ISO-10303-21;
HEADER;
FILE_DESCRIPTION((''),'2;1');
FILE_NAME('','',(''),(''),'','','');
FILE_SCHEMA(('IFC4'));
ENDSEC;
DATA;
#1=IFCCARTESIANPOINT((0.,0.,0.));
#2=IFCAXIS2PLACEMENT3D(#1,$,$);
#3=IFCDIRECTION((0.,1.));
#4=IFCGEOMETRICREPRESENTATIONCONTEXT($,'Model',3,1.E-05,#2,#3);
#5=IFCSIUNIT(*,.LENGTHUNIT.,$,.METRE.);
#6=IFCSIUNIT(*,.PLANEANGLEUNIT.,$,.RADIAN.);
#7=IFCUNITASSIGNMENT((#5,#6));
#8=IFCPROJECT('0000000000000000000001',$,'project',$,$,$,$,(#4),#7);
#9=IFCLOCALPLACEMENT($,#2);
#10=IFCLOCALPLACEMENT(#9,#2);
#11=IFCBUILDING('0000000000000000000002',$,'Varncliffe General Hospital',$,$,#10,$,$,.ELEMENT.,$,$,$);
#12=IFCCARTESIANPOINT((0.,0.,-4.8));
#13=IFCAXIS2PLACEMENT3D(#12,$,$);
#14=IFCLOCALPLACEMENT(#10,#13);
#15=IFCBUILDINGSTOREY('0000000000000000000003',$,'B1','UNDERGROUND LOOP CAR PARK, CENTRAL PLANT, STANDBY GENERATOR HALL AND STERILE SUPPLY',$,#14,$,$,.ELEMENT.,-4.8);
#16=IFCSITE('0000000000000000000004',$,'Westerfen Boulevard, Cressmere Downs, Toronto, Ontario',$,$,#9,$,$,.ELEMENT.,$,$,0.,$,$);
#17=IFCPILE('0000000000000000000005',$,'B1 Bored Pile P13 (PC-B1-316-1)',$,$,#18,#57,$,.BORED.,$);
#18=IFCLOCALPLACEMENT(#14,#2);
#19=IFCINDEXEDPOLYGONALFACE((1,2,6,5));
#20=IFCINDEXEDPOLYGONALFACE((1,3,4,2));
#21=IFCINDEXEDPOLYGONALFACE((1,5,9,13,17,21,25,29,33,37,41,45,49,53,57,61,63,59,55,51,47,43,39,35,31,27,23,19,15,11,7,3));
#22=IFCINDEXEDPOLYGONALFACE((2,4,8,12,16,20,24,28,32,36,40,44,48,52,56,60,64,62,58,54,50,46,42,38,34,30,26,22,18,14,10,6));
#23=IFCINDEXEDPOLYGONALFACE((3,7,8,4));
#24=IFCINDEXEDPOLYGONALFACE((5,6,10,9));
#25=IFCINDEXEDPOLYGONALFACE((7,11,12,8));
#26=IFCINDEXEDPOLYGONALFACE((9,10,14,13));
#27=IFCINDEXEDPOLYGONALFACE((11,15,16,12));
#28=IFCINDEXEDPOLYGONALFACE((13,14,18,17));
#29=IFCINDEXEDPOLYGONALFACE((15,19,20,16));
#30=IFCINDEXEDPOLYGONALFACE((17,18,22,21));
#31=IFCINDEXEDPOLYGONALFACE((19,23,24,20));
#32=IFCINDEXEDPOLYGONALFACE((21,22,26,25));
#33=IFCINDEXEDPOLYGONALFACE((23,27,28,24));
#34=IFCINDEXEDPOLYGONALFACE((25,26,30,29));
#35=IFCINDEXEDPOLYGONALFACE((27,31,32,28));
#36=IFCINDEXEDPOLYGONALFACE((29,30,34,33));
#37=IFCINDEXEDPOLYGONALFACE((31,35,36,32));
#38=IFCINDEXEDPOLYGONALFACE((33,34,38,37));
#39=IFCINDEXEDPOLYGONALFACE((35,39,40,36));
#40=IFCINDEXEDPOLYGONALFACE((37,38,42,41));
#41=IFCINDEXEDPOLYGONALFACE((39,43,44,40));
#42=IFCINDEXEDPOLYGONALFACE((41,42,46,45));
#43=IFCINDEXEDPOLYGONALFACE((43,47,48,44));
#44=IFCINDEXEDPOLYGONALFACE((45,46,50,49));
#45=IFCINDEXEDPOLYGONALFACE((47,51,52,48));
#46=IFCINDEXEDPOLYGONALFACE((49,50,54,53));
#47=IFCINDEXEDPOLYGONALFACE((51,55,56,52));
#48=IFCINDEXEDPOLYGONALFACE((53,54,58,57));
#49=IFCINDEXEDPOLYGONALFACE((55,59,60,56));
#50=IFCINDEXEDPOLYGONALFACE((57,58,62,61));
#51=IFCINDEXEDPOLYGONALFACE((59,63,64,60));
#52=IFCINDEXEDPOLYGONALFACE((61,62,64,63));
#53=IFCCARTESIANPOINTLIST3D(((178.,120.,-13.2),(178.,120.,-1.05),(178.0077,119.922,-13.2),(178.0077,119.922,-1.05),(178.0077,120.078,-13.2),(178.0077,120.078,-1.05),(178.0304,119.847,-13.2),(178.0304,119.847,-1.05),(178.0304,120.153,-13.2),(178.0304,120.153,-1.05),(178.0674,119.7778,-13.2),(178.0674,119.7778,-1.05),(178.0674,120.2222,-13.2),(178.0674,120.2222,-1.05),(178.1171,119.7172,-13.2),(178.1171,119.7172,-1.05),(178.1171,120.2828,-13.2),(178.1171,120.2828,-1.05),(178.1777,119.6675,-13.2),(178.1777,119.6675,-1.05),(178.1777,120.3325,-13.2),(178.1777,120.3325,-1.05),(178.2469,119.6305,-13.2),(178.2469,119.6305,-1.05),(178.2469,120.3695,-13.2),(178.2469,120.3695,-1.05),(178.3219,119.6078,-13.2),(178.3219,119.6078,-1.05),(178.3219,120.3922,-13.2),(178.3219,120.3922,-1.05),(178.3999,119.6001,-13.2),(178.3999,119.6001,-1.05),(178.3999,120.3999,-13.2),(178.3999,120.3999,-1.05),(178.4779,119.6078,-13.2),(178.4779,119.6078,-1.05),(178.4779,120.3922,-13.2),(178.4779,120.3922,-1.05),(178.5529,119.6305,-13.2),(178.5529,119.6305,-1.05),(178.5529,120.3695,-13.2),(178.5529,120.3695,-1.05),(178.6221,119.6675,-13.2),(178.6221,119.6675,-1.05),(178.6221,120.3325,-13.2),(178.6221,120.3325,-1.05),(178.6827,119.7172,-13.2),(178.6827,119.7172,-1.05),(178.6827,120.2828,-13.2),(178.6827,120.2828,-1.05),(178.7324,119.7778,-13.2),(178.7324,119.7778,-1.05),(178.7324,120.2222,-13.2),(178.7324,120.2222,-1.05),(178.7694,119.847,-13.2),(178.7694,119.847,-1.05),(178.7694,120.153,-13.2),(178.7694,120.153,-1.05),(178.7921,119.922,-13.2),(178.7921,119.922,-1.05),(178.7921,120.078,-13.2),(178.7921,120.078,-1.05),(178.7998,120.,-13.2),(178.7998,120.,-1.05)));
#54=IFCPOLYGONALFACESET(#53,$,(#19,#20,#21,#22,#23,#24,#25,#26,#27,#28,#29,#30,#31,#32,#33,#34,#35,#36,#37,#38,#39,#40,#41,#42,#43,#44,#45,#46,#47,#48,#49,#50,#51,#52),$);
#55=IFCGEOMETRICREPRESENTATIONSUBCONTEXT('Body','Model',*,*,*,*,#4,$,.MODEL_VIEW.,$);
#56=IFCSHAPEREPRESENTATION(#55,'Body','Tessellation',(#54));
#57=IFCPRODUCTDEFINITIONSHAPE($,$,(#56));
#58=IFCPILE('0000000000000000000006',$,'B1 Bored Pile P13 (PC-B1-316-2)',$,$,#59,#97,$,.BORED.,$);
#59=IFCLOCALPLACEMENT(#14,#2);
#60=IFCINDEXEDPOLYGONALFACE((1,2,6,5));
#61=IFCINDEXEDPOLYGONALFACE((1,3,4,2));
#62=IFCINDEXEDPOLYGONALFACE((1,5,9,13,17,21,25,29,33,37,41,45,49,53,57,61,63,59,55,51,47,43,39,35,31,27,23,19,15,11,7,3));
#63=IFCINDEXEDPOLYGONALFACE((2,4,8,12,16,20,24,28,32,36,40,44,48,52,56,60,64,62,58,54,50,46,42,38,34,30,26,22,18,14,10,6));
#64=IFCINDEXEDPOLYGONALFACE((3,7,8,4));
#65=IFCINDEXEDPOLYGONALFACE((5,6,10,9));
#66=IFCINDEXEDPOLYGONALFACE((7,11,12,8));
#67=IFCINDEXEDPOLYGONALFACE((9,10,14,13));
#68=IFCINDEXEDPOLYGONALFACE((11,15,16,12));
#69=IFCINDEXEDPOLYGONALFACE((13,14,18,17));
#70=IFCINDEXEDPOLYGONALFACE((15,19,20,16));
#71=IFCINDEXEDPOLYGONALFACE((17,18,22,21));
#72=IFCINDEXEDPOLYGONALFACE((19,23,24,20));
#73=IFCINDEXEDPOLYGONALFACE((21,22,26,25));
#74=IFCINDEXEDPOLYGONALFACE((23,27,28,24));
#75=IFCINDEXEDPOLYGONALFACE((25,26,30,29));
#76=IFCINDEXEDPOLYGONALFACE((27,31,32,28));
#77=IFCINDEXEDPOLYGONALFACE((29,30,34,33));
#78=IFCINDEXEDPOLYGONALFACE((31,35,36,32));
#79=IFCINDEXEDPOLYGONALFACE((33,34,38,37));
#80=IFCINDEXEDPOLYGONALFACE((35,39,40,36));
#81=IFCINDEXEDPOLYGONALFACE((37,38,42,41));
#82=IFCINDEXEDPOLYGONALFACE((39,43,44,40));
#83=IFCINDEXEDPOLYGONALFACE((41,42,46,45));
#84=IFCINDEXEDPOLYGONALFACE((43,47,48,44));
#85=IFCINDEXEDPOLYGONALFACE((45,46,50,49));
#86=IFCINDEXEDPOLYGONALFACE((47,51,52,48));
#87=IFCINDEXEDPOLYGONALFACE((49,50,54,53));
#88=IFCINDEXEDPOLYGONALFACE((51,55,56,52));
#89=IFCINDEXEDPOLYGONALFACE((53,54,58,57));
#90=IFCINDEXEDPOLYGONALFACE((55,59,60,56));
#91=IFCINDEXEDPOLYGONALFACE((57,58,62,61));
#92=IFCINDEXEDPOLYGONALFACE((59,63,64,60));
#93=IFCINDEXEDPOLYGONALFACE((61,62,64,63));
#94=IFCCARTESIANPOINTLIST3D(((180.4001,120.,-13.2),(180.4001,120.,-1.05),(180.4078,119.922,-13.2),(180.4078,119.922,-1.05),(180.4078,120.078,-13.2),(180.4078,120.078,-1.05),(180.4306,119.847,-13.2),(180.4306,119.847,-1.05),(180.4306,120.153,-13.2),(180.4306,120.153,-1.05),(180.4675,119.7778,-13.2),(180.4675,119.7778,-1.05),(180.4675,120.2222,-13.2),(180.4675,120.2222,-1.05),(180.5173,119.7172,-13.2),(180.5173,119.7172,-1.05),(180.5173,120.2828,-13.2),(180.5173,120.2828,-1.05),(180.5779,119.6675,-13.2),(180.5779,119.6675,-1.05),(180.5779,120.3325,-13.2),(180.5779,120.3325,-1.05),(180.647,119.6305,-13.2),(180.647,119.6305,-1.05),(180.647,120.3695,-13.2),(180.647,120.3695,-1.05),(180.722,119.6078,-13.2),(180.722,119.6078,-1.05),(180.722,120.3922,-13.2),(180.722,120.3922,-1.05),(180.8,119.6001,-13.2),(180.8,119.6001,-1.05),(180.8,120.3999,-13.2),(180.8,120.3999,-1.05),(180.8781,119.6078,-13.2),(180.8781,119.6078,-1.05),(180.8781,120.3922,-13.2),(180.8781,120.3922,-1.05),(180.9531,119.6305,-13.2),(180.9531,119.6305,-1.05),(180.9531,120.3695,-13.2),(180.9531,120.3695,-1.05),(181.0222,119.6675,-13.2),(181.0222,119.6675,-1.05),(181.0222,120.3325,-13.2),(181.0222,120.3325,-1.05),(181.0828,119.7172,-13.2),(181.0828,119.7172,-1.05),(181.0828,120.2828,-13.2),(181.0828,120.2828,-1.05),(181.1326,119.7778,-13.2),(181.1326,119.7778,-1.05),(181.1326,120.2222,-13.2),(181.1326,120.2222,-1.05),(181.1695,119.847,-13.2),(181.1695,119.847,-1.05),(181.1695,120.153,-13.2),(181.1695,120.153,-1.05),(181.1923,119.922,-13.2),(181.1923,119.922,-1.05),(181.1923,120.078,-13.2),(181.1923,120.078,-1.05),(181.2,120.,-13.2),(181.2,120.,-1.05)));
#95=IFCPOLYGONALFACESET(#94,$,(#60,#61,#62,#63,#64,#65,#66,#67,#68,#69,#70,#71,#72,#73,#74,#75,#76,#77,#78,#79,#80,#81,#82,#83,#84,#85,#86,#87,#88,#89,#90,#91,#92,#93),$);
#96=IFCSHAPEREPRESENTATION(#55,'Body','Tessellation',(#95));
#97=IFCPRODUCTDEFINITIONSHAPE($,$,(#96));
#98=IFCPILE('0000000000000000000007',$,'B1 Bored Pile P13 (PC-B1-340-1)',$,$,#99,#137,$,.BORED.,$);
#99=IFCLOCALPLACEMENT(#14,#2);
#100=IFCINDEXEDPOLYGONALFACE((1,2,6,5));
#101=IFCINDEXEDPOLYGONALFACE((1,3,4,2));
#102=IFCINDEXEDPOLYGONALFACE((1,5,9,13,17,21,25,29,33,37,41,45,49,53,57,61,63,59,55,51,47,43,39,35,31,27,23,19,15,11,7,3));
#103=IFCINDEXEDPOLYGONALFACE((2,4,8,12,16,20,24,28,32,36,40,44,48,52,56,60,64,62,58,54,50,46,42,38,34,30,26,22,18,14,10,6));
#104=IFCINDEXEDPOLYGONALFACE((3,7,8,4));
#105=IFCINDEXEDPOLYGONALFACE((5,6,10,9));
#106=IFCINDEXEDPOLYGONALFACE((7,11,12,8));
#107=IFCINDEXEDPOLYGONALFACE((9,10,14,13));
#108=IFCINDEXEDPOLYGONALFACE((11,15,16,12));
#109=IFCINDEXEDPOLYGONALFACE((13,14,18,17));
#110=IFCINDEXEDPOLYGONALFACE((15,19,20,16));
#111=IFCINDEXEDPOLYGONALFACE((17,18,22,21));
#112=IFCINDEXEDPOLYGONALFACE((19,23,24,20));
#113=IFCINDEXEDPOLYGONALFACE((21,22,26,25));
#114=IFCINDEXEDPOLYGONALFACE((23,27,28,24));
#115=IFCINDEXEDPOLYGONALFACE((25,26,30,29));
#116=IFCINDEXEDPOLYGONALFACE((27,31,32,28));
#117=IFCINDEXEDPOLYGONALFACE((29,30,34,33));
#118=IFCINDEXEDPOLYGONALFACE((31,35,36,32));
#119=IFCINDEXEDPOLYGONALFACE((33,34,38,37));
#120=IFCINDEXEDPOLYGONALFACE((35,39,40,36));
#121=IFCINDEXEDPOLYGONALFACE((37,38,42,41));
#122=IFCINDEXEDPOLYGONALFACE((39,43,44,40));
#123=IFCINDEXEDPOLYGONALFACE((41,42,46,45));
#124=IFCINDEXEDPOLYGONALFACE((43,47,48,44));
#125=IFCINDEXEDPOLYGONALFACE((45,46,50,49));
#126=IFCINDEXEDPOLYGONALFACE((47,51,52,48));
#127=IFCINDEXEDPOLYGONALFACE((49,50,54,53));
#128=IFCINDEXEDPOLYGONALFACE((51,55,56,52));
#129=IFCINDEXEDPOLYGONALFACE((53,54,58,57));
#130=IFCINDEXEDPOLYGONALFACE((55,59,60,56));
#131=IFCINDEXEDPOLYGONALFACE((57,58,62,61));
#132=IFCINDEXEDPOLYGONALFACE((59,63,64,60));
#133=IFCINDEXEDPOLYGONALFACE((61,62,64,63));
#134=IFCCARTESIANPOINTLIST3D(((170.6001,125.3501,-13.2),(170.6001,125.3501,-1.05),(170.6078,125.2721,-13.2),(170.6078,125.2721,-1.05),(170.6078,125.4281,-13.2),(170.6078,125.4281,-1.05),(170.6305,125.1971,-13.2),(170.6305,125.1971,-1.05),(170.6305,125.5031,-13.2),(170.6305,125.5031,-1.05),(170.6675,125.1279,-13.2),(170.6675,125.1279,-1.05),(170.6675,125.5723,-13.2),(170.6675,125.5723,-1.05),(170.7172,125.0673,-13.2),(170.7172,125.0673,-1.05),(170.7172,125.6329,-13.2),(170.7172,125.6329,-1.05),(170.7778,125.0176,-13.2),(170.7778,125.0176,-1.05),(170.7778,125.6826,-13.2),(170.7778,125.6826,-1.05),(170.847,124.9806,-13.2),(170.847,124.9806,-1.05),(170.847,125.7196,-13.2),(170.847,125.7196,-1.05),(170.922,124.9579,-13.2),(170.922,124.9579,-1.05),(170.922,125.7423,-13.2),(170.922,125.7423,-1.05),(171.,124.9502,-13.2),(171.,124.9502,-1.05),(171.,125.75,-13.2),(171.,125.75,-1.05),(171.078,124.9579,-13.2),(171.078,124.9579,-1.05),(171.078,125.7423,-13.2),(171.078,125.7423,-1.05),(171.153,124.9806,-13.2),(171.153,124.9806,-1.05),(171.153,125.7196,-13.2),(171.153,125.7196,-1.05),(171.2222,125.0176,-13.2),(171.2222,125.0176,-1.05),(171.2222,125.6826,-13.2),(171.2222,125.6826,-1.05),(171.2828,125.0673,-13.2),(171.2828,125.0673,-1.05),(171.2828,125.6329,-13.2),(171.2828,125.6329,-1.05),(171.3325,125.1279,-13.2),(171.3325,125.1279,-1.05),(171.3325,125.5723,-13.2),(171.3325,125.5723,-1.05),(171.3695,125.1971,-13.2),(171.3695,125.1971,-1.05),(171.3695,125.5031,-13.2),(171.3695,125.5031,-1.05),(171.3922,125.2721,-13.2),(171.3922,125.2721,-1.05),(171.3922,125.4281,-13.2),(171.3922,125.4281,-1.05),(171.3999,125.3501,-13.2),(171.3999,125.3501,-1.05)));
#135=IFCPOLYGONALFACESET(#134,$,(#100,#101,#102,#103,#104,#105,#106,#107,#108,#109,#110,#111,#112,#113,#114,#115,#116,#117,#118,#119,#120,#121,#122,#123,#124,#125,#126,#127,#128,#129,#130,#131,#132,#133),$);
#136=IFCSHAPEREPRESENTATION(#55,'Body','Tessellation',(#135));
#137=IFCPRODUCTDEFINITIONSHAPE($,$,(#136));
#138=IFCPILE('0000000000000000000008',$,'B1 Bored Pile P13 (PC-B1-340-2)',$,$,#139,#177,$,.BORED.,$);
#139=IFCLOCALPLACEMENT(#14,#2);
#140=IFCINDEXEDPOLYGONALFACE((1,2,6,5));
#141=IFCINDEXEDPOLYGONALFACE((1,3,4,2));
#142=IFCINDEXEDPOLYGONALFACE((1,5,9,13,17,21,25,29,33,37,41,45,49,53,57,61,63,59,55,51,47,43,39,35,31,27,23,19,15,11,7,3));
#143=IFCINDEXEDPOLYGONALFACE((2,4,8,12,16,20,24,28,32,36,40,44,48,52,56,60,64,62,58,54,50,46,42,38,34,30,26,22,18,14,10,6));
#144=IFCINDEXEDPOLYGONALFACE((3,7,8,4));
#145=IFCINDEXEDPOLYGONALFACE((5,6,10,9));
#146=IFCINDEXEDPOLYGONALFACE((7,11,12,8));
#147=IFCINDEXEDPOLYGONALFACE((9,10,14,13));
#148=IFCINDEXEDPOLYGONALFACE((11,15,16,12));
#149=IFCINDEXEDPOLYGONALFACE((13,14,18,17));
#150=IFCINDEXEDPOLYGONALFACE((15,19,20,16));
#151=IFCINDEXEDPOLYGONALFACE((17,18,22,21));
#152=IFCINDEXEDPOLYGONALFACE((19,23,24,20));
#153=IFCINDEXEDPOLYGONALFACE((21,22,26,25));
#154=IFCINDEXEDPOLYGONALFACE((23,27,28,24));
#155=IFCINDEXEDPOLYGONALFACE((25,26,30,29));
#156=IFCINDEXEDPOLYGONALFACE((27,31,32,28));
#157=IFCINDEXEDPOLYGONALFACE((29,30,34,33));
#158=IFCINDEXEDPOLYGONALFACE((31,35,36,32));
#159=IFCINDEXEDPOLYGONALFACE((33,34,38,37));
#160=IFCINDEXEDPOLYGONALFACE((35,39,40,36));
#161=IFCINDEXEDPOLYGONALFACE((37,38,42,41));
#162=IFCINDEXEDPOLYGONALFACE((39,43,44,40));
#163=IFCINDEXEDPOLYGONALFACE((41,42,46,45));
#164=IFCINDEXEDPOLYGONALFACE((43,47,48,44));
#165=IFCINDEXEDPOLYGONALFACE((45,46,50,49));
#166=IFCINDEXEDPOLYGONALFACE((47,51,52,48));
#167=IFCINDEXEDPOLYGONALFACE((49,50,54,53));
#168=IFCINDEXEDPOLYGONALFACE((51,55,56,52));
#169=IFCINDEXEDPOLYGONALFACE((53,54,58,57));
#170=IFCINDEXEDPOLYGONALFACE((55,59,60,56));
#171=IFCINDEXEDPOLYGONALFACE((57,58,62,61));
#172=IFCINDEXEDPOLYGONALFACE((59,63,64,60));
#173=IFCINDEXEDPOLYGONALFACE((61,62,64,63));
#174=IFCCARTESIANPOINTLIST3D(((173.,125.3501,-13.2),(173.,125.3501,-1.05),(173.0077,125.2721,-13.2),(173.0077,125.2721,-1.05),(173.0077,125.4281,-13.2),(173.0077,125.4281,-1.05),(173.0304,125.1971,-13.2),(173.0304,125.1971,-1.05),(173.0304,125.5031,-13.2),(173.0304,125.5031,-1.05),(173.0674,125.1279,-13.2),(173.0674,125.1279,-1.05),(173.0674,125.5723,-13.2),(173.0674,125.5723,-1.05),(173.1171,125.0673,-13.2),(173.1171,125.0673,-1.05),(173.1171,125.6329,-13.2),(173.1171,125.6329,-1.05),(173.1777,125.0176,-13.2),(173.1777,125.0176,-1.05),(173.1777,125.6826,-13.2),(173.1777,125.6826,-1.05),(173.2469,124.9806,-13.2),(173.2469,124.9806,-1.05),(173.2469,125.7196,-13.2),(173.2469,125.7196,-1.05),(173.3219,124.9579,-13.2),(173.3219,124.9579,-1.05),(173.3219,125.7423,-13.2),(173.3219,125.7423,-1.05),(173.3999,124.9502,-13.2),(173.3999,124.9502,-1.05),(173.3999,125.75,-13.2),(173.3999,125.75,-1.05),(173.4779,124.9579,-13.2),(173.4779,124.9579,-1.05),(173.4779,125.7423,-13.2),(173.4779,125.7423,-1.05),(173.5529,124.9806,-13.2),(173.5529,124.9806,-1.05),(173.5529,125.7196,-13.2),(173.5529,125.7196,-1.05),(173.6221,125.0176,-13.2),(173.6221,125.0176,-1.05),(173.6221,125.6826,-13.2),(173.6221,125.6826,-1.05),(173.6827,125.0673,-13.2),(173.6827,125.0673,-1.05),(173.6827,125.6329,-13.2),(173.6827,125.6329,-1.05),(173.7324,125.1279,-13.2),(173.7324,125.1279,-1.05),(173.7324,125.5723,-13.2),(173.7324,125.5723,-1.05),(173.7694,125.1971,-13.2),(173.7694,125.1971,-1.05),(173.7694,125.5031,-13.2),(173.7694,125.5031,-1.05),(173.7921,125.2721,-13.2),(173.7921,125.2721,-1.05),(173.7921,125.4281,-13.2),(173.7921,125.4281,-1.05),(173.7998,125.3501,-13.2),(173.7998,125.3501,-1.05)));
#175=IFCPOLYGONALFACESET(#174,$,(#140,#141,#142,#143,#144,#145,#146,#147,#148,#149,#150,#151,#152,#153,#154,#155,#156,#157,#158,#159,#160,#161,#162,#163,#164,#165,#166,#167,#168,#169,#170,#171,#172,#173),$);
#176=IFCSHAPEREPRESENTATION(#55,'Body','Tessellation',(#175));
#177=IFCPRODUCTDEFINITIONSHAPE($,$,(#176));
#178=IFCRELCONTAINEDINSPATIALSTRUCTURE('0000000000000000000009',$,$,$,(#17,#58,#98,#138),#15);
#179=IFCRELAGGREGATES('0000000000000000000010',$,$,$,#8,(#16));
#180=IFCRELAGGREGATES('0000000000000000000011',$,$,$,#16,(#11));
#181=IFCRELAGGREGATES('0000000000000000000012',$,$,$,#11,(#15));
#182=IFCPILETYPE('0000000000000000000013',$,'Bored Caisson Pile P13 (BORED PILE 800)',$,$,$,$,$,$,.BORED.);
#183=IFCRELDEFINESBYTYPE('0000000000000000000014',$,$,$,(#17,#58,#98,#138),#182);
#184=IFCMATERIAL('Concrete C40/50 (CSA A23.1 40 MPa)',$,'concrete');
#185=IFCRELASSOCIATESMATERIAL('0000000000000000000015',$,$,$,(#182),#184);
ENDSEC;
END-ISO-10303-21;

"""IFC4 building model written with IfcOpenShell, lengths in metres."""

from ifc_helpers import new_model, si_unit, direction, frame, origin, origin_2d, place, context, subcontext, project, spatial, circle, extrude, material, material_profile, profile_set, type_object, element, save


model = new_model("IFC4")

# Units and contexts
model_context = context("Model", 3, precision=1e-05, world=origin(), true_north=direction((0.0, 1.0)))
body_context = subcontext(model_context, "Body", "Model", "MODEL_VIEW")
ifc_project = project(units=[si_unit("LENGTHUNIT", "METRE"), si_unit("PLANEANGLEUNIT", "RADIAN")], contexts=[model_context])

# Site, building, storey
site_placement = place(None, origin())
site = spatial("IfcSite", under=ifc_project, at=site_placement, Name="Westerfen Boulevard, Cressmere Downs, Toronto, Ontario", CompositionType="ELEMENT", RefElevation=0.0)
building_placement = place(site_placement, origin())
building = spatial("IfcBuilding", under=site, at=building_placement, Name="Varncliffe General Hospital", CompositionType="ELEMENT")
storey_placement = place(building_placement, frame((0.0, 0.0, -4.8)))
storey = spatial("IfcBuildingStorey", under=building, at=storey_placement, Name="B1", Description="UNDERGROUND LOOP CAR PARK, CENTRAL PLANT, STANDBY GENERATOR HALL AND STERILE SUPPLY", CompositionType="ELEMENT", Elevation=-4.8)

# Piles
ifc_material_1 = material(Name="Concrete C40/50 (CSA A23.1 40 MPa)", Category="concrete")
ifc_material_profile_1 = material_profile(ifc_material_1, circle(Radius=0.3999, at=origin_2d()), Name="BORED PILE 800")
ifc_profile_set_1 = profile_set([ifc_material_profile_1], Name="Concrete C40/50 (CSA A23.1 40 MPa)")
pile_type_1 = type_object("IfcPileType", Name="Bored Caisson Pile P13 (BORED PILE 800)", PredefinedType="BORED", material=ifc_profile_set_1)
for number, where, z_axis, x_axis, name in (
    (1, (178.3999, 120.0, -1.05), (0.0, 0.0, -1.0), (1.0, 0.0, 0.0), "B1 Bored Pile P13 (PC-B1-316-1)"),
    (2, (180.8, 120.0, -1.05), (0.0, 0.0, -1.0), (1.0, 0.0, 0.0), "B1 Bored Pile P13 (PC-B1-316-2)"),
    (3, (171.0, 125.3501, -1.05), (0.0, 0.0, -1.0), (1.0, 0.0, 0.0), "B1 Bored Pile P13 (PC-B1-340-1)"),
    (4, (173.3999, 125.3501, -1.05), (0.0, 0.0, -1.0), (1.0, 0.0, 0.0), "B1 Bored Pile P13 (PC-B1-340-2)"),
):
    element("IfcPile", number, at=place(storey_placement, frame(where, z_axis=z_axis, x_axis=x_axis)), inside=storey, type_object=pile_type_1, Name=name, PredefinedType="BORED", context=body_context, shape_type="SweptSolid", body=[
        extrude(circle(Radius=0.3999, at=origin_2d()), origin(), (0.0, 0.0, 1.0), 12.1499),
    ])

save(model, "model.ifc")
